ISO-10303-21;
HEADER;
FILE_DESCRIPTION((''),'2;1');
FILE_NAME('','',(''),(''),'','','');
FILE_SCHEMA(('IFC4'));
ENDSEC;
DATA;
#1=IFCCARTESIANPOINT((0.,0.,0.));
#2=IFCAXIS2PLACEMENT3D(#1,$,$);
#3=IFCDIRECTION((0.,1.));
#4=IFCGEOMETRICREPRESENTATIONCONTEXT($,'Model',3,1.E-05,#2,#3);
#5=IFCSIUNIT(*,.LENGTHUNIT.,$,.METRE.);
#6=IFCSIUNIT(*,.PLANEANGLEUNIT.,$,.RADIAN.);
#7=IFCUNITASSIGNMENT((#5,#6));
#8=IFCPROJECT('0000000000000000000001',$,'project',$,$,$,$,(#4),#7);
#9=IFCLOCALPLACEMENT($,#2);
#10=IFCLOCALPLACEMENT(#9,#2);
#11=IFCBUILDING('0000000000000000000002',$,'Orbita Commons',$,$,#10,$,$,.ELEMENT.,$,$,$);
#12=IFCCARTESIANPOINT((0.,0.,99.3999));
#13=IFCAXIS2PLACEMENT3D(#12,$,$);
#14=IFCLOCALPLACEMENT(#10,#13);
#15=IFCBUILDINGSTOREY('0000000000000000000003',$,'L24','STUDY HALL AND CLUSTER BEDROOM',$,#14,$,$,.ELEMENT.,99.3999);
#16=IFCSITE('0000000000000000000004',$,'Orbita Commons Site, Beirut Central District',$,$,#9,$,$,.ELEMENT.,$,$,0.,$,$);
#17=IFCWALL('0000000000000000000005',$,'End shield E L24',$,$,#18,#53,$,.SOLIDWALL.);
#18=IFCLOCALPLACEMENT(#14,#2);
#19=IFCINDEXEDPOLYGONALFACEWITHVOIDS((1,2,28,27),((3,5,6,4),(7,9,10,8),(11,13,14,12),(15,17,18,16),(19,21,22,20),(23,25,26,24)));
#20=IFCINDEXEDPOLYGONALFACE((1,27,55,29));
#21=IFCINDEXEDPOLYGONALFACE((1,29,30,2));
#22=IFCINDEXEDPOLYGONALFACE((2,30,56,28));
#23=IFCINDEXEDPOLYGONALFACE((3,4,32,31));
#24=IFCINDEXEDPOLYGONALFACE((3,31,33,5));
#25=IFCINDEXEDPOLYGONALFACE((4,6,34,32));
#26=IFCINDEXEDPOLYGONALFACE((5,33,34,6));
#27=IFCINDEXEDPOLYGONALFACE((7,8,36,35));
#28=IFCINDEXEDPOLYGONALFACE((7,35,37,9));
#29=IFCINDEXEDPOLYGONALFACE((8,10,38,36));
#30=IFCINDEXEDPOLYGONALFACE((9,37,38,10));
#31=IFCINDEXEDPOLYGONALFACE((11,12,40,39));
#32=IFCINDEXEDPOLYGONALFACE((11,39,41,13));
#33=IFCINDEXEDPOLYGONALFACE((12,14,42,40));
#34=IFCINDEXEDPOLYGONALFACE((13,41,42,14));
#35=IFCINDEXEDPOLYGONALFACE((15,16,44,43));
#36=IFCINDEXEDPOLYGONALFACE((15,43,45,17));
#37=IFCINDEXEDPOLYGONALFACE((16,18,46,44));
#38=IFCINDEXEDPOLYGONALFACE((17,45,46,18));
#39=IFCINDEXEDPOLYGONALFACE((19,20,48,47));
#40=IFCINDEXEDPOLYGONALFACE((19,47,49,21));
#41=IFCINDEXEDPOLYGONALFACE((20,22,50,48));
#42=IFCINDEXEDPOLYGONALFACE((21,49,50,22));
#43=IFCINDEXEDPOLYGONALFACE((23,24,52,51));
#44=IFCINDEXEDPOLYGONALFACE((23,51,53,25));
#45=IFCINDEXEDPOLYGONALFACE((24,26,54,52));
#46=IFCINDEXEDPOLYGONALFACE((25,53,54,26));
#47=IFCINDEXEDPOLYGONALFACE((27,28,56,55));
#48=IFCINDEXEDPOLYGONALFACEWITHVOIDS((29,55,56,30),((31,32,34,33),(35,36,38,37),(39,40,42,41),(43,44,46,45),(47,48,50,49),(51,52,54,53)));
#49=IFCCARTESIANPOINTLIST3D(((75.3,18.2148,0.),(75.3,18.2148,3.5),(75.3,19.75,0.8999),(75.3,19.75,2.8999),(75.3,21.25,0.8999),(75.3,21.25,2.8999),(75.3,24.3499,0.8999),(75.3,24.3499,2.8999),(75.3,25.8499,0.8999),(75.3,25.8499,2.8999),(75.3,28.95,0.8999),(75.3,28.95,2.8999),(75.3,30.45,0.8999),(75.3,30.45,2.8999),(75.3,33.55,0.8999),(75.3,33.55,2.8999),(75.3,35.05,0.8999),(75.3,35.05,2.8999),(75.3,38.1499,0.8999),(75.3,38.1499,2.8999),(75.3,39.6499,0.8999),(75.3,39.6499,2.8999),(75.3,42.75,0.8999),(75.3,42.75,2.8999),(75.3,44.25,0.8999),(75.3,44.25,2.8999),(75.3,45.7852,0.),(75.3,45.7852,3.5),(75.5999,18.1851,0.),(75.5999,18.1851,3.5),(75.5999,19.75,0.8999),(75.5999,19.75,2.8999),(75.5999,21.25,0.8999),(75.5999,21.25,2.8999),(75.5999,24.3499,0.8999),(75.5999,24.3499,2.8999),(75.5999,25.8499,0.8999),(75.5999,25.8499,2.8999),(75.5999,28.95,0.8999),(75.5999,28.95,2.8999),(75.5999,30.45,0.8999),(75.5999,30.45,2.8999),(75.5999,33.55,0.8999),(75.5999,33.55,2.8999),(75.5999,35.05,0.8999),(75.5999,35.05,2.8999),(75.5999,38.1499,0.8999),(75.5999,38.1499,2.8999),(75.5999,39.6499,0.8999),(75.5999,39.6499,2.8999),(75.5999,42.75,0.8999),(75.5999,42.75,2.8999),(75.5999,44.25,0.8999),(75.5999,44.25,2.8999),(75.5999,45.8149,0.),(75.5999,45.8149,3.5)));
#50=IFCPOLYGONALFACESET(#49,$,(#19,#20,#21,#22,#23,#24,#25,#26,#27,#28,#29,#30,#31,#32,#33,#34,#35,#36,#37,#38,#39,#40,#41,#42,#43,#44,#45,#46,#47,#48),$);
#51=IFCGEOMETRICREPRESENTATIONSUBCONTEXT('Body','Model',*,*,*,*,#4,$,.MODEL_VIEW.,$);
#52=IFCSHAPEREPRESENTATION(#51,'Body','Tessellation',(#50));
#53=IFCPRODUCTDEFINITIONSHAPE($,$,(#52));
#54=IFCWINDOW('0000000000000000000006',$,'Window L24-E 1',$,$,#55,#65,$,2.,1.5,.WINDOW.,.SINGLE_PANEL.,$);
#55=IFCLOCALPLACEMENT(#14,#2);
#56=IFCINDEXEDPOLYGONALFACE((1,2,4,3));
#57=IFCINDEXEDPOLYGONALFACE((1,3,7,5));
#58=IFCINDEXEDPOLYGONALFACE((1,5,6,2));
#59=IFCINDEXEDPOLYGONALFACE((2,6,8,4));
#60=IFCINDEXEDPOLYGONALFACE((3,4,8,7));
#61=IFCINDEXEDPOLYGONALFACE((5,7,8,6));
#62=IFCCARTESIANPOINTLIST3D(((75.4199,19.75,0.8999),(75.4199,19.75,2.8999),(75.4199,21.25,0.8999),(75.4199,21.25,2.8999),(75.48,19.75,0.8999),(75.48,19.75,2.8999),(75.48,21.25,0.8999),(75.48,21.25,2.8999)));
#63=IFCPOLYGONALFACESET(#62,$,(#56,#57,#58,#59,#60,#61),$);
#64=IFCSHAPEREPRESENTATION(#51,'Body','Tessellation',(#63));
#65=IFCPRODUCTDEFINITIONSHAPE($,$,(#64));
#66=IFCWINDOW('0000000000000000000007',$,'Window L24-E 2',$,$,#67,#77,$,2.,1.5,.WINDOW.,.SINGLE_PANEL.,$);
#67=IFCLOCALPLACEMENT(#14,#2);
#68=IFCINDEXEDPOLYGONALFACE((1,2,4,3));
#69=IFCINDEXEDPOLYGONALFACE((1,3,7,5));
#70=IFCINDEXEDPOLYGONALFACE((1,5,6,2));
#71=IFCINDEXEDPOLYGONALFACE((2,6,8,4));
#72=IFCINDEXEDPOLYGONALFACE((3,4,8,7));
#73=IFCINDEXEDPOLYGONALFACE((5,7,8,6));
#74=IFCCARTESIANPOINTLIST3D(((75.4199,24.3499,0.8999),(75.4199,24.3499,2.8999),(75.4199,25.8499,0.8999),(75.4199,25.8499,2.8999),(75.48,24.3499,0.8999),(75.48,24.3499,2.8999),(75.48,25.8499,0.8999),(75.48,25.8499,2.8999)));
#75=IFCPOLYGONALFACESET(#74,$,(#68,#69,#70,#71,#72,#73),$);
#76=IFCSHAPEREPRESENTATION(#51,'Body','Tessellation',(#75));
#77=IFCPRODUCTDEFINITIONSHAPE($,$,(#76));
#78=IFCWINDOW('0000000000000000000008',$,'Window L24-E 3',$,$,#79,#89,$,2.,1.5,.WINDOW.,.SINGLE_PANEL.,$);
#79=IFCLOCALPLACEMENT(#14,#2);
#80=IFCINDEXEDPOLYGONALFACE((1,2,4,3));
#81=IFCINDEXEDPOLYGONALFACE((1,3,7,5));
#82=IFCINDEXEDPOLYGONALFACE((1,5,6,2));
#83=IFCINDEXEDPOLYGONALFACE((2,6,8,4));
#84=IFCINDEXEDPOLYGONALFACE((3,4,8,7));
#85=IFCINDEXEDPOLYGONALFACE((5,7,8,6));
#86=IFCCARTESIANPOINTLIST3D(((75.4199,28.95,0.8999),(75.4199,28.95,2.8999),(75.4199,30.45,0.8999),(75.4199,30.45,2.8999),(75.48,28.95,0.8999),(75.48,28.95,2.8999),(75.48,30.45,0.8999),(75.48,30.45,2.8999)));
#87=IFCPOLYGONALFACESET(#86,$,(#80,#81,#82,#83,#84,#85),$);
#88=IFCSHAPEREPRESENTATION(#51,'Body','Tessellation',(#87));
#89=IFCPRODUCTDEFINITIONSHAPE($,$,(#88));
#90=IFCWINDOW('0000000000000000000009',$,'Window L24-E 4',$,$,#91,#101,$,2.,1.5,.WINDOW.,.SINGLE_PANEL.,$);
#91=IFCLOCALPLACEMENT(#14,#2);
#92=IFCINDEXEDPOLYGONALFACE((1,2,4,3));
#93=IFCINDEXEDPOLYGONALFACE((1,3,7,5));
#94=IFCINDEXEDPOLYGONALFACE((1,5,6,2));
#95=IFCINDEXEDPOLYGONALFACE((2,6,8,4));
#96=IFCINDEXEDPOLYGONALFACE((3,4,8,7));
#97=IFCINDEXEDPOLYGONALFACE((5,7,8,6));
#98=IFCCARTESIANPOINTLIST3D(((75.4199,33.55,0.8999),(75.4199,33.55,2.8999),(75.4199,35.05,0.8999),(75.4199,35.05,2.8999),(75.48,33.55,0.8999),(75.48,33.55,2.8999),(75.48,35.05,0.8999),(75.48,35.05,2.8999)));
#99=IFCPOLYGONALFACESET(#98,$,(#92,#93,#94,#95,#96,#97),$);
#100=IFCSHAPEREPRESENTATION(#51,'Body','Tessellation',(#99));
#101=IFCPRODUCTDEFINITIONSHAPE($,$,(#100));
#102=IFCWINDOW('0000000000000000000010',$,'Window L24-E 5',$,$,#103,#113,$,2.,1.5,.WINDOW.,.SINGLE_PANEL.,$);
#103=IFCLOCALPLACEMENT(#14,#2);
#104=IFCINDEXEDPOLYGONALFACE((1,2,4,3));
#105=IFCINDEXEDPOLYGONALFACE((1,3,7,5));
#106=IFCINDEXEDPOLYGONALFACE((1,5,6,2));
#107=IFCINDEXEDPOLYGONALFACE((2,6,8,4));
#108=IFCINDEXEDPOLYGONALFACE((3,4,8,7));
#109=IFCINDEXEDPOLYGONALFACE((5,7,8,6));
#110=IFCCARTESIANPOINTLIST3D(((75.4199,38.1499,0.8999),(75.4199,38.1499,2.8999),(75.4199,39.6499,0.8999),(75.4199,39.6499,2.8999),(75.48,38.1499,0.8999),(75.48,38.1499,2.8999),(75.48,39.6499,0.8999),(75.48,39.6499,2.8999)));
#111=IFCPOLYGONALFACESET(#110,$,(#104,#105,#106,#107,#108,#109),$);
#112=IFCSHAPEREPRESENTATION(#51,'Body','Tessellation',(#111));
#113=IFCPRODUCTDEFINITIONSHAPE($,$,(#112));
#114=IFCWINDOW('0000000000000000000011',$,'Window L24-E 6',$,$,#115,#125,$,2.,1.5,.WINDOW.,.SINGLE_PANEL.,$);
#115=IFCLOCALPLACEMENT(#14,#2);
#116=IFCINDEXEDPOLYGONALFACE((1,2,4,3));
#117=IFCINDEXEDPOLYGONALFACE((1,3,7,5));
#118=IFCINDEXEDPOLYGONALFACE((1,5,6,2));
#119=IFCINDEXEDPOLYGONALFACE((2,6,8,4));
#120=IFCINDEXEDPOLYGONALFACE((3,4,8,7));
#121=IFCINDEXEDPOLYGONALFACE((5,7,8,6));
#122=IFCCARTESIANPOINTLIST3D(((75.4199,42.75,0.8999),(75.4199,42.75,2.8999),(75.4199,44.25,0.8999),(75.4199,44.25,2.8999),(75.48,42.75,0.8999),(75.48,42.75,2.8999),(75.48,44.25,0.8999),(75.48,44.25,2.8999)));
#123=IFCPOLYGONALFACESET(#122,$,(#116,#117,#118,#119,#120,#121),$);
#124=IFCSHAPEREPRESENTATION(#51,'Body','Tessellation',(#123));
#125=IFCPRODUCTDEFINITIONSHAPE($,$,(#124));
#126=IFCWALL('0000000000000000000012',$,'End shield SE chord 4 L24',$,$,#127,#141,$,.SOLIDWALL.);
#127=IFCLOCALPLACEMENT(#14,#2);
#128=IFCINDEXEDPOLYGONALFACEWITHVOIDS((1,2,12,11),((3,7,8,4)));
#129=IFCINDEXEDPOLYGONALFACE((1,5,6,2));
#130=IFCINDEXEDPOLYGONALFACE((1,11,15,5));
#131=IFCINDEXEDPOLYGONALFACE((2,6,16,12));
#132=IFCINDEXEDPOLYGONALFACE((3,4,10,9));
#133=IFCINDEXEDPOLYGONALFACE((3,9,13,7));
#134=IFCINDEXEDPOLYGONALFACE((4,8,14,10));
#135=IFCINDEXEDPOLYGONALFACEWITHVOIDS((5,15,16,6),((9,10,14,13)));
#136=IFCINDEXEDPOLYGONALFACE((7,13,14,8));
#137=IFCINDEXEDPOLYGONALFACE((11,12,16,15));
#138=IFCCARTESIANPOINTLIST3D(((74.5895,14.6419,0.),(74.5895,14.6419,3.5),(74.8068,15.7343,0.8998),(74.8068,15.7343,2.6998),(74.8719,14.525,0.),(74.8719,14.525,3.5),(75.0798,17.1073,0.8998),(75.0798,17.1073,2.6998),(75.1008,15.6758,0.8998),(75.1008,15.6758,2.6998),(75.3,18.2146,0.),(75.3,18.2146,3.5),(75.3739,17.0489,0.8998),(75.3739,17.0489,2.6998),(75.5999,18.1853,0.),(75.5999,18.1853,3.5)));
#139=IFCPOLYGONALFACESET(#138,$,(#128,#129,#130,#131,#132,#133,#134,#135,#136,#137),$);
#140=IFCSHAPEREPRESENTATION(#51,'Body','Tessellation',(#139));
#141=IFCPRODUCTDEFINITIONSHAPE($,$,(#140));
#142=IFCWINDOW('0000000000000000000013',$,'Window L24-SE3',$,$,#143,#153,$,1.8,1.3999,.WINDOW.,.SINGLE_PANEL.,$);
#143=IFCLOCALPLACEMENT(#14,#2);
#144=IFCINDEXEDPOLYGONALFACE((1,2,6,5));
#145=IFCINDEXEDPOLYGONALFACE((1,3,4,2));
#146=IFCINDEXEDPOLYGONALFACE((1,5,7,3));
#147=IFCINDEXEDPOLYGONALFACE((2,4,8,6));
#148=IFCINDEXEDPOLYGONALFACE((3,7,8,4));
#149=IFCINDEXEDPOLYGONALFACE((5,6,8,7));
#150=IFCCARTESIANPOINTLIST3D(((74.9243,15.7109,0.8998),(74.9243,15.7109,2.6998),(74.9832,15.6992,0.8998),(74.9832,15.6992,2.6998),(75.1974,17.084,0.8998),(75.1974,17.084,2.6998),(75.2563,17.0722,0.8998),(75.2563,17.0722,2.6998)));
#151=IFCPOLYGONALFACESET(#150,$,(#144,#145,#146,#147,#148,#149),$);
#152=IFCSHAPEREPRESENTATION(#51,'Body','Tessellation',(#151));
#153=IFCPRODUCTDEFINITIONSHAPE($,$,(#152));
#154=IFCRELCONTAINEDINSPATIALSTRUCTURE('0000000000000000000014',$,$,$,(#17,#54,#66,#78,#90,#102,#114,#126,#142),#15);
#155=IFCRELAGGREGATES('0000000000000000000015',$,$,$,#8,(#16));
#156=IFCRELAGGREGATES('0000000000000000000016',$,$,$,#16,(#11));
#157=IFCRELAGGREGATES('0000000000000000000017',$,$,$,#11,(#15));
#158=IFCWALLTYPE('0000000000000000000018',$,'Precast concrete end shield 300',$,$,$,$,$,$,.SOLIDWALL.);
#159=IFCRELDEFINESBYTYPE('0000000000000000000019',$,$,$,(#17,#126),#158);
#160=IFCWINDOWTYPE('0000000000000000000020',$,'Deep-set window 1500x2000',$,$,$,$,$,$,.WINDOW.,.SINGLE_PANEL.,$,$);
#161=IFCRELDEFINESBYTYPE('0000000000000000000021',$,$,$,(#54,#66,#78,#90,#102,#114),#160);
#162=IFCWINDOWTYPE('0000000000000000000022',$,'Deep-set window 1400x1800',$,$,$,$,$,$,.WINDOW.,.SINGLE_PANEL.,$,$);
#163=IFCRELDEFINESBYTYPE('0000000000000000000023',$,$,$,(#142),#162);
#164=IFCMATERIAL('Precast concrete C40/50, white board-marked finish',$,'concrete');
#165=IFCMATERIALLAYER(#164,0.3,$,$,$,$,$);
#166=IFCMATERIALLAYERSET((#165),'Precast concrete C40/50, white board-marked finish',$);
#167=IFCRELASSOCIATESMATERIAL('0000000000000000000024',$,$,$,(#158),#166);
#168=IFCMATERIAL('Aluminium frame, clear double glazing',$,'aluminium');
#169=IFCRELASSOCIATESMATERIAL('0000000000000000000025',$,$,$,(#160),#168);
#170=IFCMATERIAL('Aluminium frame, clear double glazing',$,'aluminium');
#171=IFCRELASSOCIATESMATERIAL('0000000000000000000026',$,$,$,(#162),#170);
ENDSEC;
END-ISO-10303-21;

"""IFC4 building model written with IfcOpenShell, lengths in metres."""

from ifc_helpers import new_model, si_unit, direction, frame, frame_2d, origin, place, context, subcontext, project, spatial, polyline, rectangle, outline, extrude, material, layer, layer_set, type_object, element, fill, save


model = new_model("IFC4")

# Units and contexts
model_context = context("Model", 3, precision=1e-05, world=origin(), true_north=direction((0.0, 1.0)))
body_context = subcontext(model_context, "Body", "Model", "MODEL_VIEW")
ifc_project = project(units=[si_unit("LENGTHUNIT", "METRE"), si_unit("PLANEANGLEUNIT", "RADIAN")], contexts=[model_context])

# Site, building, storey
site_placement = place(None, origin())
site = spatial("IfcSite", under=ifc_project, at=site_placement, Name="Orbita Commons Site, Beirut Central District", CompositionType="ELEMENT", RefElevation=0.0)
building_placement = place(site_placement, origin())
building = spatial("IfcBuilding", under=site, at=building_placement, Name="Orbita Commons", CompositionType="ELEMENT")
storey_placement = place(building_placement, frame((0.0, 0.0, 99.3999)))
storey = spatial("IfcBuildingStorey", under=building, at=storey_placement, Name="L24", Description="STUDY HALL AND CLUSTER BEDROOM", CompositionType="ELEMENT", Elevation=99.3999)

# Wall, openings, windows
ifc_material_1 = material(Name="Precast concrete C40/50, white board-marked finish", Category="concrete")
ifc_layer_1 = layer(ifc_material_1, 0.3)
ifc_layer_set_1 = layer_set([ifc_layer_1], Name="Precast concrete C40/50, white board-marked finish")
wall_type_1 = type_object("IfcWallType", Name="Precast concrete end shield 300", PredefinedType="SOLIDWALL", material=ifc_layer_set_1)
wall_1_placement = place(storey_placement, frame((75.45, 18.2, 0.0), z_axis=(0.0, 0.0, 1.0), x_axis=(0.0, 1.0, 0.0)))
wall_1 = element("IfcWall", 1, at=wall_1_placement, inside=storey, type_object=wall_type_1, Name="End shield E L24", PredefinedType="SOLIDWALL", context=body_context, shape_type="SweptSolid", body=[
    extrude(outline(polyline([(-0.0149, -0.1499), (27.615, -0.1499), (27.5852, 0.1499), (0.0149, 0.1499), (-0.0149, -0.1499)])), origin(), (0.0, 0.0, 1.0), 3.5),
])
opening_1_placement = place(wall_1_placement, frame((1.55, 0.0, 0.8999)))
opening_1 = element("IfcOpeningElement", 2, at=opening_1_placement, cuts=wall_1, PredefinedType="OPENING", context=body_context, shape_type="SweptSolid", body=[
    extrude(rectangle(XDim=1.5, YDim=2.0, at=frame_2d((0.75, 1.0))), frame((0.0, 0.1599, 0.0), z_axis=(0.0, -1.0, 0.0), x_axis=(1.0, 0.0, 0.0)), (0.0, 0.0, 1.0), 0.3201),
])
opening_2_placement = place(wall_1_placement, frame((6.1499, 0.0, 0.8999)))
opening_2 = element("IfcOpeningElement", 3, at=opening_2_placement, cuts=wall_1, PredefinedType="OPENING", context=body_context, shape_type="SweptSolid", body=[
    extrude(rectangle(XDim=1.5, YDim=2.0, at=frame_2d((0.75, 1.0))), frame((0.0, 0.1599, 0.0), z_axis=(0.0, -1.0, 0.0), x_axis=(1.0, 0.0, 0.0)), (0.0, 0.0, 1.0), 0.3201),
])
opening_3_placement = place(wall_1_placement, frame((10.75, 0.0, 0.8999)))
opening_3 = element("IfcOpeningElement", 4, at=opening_3_placement, cuts=wall_1, PredefinedType="OPENING", context=body_context, shape_type="SweptSolid", body=[
    extrude(rectangle(XDim=1.5, YDim=2.0, at=frame_2d((0.75, 1.0))), frame((0.0, 0.1599, 0.0), z_axis=(0.0, -1.0, 0.0), x_axis=(1.0, 0.0, 0.0)), (0.0, 0.0, 1.0), 0.3201),
])
opening_4_placement = place(wall_1_placement, frame((15.3501, 0.0, 0.8999)))
opening_4 = element("IfcOpeningElement", 5, at=opening_4_placement, cuts=wall_1, PredefinedType="OPENING", context=body_context, shape_type="SweptSolid", body=[
    extrude(rectangle(XDim=1.5, YDim=2.0, at=frame_2d((0.75, 1.0))), frame((0.0, 0.1599, 0.0), z_axis=(0.0, -1.0, 0.0), x_axis=(1.0, 0.0, 0.0)), (0.0, 0.0, 1.0), 0.3201),
])
opening_5_placement = place(wall_1_placement, frame((19.95, 0.0, 0.8999)))
opening_5 = element("IfcOpeningElement", 6, at=opening_5_placement, cuts=wall_1, PredefinedType="OPENING", context=body_context, shape_type="SweptSolid", body=[
    extrude(rectangle(XDim=1.5, YDim=2.0, at=frame_2d((0.75, 1.0))), frame((0.0, 0.1599, 0.0), z_axis=(0.0, -1.0, 0.0), x_axis=(1.0, 0.0, 0.0)), (0.0, 0.0, 1.0), 0.3201),
])
opening_6_placement = place(wall_1_placement, frame((24.55, 0.0, 0.8999)))
opening_6 = element("IfcOpeningElement", 7, at=opening_6_placement, cuts=wall_1, PredefinedType="OPENING", context=body_context, shape_type="SweptSolid", body=[
    extrude(rectangle(XDim=1.5, YDim=2.0, at=frame_2d((0.75, 1.0))), frame((0.0, 0.1599, 0.0), z_axis=(0.0, -1.0, 0.0), x_axis=(1.0, 0.0, 0.0)), (0.0, 0.0, 1.0), 0.3201),
])
ifc_material_2 = material(Name="Aluminium frame, clear double glazing", Category="aluminium")
window_type_1 = type_object("IfcWindowType", Name="Deep-set window 1500x2000", PartitioningType="SINGLE_PANEL", PredefinedType="WINDOW", material=ifc_material_2)
window_1_placement = place(opening_1_placement, origin())
window_1 = element("IfcWindow", 8, at=window_1_placement, inside=storey, type_object=window_type_1, Name="Window L24-E 1", OverallHeight=2.0, OverallWidth=1.5, PartitioningType="SINGLE_PANEL", PredefinedType="WINDOW", context=body_context, shape_type="SweptSolid", body=[
    extrude(rectangle(XDim=1.5, YDim=2.0, at=frame_2d((0.75, 1.0))), frame((0.0, 0.03, 0.0), z_axis=(0.0, -1.0, 0.0), x_axis=(1.0, 0.0, 0.0)), (0.0, 0.0, 1.0), 0.0601),
])
fill(opening_1, window_1)
window_2_placement = place(opening_2_placement, origin())
window_2 = element("IfcWindow", 9, at=window_2_placement, inside=storey, type_object=window_type_1, Name="Window L24-E 2", OverallHeight=2.0, OverallWidth=1.5, PartitioningType="SINGLE_PANEL", PredefinedType="WINDOW", context=body_context, shape_type="SweptSolid", body=[
    extrude(rectangle(XDim=1.5, YDim=2.0, at=frame_2d((0.75, 1.0))), frame((0.0, 0.03, 0.0), z_axis=(0.0, -1.0, 0.0), x_axis=(1.0, 0.0, 0.0)), (0.0, 0.0, 1.0), 0.0601),
])
fill(opening_2, window_2)
window_3_placement = place(opening_3_placement, origin())
window_3 = element("IfcWindow", 10, at=window_3_placement, inside=storey, type_object=window_type_1, Name="Window L24-E 3", OverallHeight=2.0, OverallWidth=1.5, PartitioningType="SINGLE_PANEL", PredefinedType="WINDOW", context=body_context, shape_type="SweptSolid", body=[
    extrude(rectangle(XDim=1.5, YDim=2.0, at=frame_2d((0.75, 1.0))), frame((0.0, 0.03, 0.0), z_axis=(0.0, -1.0, 0.0), x_axis=(1.0, 0.0, 0.0)), (0.0, 0.0, 1.0), 0.0601),
])
fill(opening_3, window_3)
window_4_placement = place(opening_4_placement, origin())
window_4 = element("IfcWindow", 11, at=window_4_placement, inside=storey, type_object=window_type_1, Name="Window L24-E 4", OverallHeight=2.0, OverallWidth=1.5, PartitioningType="SINGLE_PANEL", PredefinedType="WINDOW", context=body_context, shape_type="SweptSolid", body=[
    extrude(rectangle(XDim=1.5, YDim=2.0, at=frame_2d((0.75, 1.0))), frame((0.0, 0.03, 0.0), z_axis=(0.0, -1.0, 0.0), x_axis=(1.0, 0.0, 0.0)), (0.0, 0.0, 1.0), 0.0601),
])
fill(opening_4, window_4)
window_5_placement = place(opening_5_placement, origin())
window_5 = element("IfcWindow", 12, at=window_5_placement, inside=storey, type_object=window_type_1, Name="Window L24-E 5", OverallHeight=2.0, OverallWidth=1.5, PartitioningType="SINGLE_PANEL", PredefinedType="WINDOW", context=body_context, shape_type="SweptSolid", body=[
    extrude(rectangle(XDim=1.5, YDim=2.0, at=frame_2d((0.75, 1.0))), frame((0.0, 0.03, 0.0), z_axis=(0.0, -1.0, 0.0), x_axis=(1.0, 0.0, 0.0)), (0.0, 0.0, 1.0), 0.0601),
])
fill(opening_5, window_5)
window_6_placement = place(opening_6_placement, origin())
window_6 = element("IfcWindow", 13, at=window_6_placement, inside=storey, type_object=window_type_1, Name="Window L24-E 6", OverallHeight=2.0, OverallWidth=1.5, PartitioningType="SINGLE_PANEL", PredefinedType="WINDOW", context=body_context, shape_type="SweptSolid", body=[
    extrude(rectangle(XDim=1.5, YDim=2.0, at=frame_2d((0.75, 1.0))), frame((0.0, 0.03, 0.0), z_axis=(0.0, -1.0, 0.0), x_axis=(1.0, 0.0, 0.0)), (0.0, 0.0, 1.0), 0.0601),
])
fill(opening_6, window_6)

# Wall, opening, window
wall_2_placement = place(storey_placement, frame((74.7307, 14.5835, 0.0), z_axis=(0.0, 0.0, 1.0), x_axis=(0.195059, 0.980791, 0.0)))
wall_2 = element("IfcWall", 14, at=wall_2_placement, inside=storey, type_object=wall_type_1, Name="End shield SE chord 4 L24", PredefinedType="SOLIDWALL", context=body_context, shape_type="SweptSolid", body=[
    extrude(outline(polyline([(-0.0298, -0.1499), (3.7021, -0.1499), (3.6724, 0.1499), (0.0298, 0.1499), (-0.0298, -0.1499)])), origin(), (0.0, 0.0, 1.0), 3.5),
])
opening_7_placement = place(wall_2_placement, frame((1.1436, 0.0, 0.8999)))
opening_7 = element("IfcOpeningElement", 15, at=opening_7_placement, cuts=wall_2, PredefinedType="OPENING", context=body_context, shape_type="SweptSolid", body=[
    extrude(rectangle(XDim=1.3999, YDim=1.8, at=frame_2d((0.7, 0.8999))), frame((0.0, 0.1599, 0.0), z_axis=(0.0, -1.0, 0.0), x_axis=(1.0, 0.0, 0.0)), (0.0, 0.0, 1.0), 0.3201),
])
ifc_material_3 = material(Name="Aluminium frame, clear double glazing", Category="aluminium")
window_type_2 = type_object("IfcWindowType", Name="Deep-set window 1400x1800", PartitioningType="SINGLE_PANEL", PredefinedType="WINDOW", material=ifc_material_3)
window_7_placement = place(opening_7_placement, origin())
window_7 = element("IfcWindow", 16, at=window_7_placement, inside=storey, type_object=window_type_2, Name="Window L24-SE3", OverallHeight=1.8, OverallWidth=1.3999, PartitioningType="SINGLE_PANEL", PredefinedType="WINDOW", context=body_context, shape_type="SweptSolid", body=[
    extrude(rectangle(XDim=1.3999, YDim=1.8, at=frame_2d((0.7, 0.8999))), frame((0.0, 0.03, 0.0), z_axis=(0.0, -1.0, 0.0), x_axis=(1.0, 0.0, 0.0)), (0.0, 0.0, 1.0), 0.0601),
])
fill(opening_7, window_7)

save(model, "model.ifc")
